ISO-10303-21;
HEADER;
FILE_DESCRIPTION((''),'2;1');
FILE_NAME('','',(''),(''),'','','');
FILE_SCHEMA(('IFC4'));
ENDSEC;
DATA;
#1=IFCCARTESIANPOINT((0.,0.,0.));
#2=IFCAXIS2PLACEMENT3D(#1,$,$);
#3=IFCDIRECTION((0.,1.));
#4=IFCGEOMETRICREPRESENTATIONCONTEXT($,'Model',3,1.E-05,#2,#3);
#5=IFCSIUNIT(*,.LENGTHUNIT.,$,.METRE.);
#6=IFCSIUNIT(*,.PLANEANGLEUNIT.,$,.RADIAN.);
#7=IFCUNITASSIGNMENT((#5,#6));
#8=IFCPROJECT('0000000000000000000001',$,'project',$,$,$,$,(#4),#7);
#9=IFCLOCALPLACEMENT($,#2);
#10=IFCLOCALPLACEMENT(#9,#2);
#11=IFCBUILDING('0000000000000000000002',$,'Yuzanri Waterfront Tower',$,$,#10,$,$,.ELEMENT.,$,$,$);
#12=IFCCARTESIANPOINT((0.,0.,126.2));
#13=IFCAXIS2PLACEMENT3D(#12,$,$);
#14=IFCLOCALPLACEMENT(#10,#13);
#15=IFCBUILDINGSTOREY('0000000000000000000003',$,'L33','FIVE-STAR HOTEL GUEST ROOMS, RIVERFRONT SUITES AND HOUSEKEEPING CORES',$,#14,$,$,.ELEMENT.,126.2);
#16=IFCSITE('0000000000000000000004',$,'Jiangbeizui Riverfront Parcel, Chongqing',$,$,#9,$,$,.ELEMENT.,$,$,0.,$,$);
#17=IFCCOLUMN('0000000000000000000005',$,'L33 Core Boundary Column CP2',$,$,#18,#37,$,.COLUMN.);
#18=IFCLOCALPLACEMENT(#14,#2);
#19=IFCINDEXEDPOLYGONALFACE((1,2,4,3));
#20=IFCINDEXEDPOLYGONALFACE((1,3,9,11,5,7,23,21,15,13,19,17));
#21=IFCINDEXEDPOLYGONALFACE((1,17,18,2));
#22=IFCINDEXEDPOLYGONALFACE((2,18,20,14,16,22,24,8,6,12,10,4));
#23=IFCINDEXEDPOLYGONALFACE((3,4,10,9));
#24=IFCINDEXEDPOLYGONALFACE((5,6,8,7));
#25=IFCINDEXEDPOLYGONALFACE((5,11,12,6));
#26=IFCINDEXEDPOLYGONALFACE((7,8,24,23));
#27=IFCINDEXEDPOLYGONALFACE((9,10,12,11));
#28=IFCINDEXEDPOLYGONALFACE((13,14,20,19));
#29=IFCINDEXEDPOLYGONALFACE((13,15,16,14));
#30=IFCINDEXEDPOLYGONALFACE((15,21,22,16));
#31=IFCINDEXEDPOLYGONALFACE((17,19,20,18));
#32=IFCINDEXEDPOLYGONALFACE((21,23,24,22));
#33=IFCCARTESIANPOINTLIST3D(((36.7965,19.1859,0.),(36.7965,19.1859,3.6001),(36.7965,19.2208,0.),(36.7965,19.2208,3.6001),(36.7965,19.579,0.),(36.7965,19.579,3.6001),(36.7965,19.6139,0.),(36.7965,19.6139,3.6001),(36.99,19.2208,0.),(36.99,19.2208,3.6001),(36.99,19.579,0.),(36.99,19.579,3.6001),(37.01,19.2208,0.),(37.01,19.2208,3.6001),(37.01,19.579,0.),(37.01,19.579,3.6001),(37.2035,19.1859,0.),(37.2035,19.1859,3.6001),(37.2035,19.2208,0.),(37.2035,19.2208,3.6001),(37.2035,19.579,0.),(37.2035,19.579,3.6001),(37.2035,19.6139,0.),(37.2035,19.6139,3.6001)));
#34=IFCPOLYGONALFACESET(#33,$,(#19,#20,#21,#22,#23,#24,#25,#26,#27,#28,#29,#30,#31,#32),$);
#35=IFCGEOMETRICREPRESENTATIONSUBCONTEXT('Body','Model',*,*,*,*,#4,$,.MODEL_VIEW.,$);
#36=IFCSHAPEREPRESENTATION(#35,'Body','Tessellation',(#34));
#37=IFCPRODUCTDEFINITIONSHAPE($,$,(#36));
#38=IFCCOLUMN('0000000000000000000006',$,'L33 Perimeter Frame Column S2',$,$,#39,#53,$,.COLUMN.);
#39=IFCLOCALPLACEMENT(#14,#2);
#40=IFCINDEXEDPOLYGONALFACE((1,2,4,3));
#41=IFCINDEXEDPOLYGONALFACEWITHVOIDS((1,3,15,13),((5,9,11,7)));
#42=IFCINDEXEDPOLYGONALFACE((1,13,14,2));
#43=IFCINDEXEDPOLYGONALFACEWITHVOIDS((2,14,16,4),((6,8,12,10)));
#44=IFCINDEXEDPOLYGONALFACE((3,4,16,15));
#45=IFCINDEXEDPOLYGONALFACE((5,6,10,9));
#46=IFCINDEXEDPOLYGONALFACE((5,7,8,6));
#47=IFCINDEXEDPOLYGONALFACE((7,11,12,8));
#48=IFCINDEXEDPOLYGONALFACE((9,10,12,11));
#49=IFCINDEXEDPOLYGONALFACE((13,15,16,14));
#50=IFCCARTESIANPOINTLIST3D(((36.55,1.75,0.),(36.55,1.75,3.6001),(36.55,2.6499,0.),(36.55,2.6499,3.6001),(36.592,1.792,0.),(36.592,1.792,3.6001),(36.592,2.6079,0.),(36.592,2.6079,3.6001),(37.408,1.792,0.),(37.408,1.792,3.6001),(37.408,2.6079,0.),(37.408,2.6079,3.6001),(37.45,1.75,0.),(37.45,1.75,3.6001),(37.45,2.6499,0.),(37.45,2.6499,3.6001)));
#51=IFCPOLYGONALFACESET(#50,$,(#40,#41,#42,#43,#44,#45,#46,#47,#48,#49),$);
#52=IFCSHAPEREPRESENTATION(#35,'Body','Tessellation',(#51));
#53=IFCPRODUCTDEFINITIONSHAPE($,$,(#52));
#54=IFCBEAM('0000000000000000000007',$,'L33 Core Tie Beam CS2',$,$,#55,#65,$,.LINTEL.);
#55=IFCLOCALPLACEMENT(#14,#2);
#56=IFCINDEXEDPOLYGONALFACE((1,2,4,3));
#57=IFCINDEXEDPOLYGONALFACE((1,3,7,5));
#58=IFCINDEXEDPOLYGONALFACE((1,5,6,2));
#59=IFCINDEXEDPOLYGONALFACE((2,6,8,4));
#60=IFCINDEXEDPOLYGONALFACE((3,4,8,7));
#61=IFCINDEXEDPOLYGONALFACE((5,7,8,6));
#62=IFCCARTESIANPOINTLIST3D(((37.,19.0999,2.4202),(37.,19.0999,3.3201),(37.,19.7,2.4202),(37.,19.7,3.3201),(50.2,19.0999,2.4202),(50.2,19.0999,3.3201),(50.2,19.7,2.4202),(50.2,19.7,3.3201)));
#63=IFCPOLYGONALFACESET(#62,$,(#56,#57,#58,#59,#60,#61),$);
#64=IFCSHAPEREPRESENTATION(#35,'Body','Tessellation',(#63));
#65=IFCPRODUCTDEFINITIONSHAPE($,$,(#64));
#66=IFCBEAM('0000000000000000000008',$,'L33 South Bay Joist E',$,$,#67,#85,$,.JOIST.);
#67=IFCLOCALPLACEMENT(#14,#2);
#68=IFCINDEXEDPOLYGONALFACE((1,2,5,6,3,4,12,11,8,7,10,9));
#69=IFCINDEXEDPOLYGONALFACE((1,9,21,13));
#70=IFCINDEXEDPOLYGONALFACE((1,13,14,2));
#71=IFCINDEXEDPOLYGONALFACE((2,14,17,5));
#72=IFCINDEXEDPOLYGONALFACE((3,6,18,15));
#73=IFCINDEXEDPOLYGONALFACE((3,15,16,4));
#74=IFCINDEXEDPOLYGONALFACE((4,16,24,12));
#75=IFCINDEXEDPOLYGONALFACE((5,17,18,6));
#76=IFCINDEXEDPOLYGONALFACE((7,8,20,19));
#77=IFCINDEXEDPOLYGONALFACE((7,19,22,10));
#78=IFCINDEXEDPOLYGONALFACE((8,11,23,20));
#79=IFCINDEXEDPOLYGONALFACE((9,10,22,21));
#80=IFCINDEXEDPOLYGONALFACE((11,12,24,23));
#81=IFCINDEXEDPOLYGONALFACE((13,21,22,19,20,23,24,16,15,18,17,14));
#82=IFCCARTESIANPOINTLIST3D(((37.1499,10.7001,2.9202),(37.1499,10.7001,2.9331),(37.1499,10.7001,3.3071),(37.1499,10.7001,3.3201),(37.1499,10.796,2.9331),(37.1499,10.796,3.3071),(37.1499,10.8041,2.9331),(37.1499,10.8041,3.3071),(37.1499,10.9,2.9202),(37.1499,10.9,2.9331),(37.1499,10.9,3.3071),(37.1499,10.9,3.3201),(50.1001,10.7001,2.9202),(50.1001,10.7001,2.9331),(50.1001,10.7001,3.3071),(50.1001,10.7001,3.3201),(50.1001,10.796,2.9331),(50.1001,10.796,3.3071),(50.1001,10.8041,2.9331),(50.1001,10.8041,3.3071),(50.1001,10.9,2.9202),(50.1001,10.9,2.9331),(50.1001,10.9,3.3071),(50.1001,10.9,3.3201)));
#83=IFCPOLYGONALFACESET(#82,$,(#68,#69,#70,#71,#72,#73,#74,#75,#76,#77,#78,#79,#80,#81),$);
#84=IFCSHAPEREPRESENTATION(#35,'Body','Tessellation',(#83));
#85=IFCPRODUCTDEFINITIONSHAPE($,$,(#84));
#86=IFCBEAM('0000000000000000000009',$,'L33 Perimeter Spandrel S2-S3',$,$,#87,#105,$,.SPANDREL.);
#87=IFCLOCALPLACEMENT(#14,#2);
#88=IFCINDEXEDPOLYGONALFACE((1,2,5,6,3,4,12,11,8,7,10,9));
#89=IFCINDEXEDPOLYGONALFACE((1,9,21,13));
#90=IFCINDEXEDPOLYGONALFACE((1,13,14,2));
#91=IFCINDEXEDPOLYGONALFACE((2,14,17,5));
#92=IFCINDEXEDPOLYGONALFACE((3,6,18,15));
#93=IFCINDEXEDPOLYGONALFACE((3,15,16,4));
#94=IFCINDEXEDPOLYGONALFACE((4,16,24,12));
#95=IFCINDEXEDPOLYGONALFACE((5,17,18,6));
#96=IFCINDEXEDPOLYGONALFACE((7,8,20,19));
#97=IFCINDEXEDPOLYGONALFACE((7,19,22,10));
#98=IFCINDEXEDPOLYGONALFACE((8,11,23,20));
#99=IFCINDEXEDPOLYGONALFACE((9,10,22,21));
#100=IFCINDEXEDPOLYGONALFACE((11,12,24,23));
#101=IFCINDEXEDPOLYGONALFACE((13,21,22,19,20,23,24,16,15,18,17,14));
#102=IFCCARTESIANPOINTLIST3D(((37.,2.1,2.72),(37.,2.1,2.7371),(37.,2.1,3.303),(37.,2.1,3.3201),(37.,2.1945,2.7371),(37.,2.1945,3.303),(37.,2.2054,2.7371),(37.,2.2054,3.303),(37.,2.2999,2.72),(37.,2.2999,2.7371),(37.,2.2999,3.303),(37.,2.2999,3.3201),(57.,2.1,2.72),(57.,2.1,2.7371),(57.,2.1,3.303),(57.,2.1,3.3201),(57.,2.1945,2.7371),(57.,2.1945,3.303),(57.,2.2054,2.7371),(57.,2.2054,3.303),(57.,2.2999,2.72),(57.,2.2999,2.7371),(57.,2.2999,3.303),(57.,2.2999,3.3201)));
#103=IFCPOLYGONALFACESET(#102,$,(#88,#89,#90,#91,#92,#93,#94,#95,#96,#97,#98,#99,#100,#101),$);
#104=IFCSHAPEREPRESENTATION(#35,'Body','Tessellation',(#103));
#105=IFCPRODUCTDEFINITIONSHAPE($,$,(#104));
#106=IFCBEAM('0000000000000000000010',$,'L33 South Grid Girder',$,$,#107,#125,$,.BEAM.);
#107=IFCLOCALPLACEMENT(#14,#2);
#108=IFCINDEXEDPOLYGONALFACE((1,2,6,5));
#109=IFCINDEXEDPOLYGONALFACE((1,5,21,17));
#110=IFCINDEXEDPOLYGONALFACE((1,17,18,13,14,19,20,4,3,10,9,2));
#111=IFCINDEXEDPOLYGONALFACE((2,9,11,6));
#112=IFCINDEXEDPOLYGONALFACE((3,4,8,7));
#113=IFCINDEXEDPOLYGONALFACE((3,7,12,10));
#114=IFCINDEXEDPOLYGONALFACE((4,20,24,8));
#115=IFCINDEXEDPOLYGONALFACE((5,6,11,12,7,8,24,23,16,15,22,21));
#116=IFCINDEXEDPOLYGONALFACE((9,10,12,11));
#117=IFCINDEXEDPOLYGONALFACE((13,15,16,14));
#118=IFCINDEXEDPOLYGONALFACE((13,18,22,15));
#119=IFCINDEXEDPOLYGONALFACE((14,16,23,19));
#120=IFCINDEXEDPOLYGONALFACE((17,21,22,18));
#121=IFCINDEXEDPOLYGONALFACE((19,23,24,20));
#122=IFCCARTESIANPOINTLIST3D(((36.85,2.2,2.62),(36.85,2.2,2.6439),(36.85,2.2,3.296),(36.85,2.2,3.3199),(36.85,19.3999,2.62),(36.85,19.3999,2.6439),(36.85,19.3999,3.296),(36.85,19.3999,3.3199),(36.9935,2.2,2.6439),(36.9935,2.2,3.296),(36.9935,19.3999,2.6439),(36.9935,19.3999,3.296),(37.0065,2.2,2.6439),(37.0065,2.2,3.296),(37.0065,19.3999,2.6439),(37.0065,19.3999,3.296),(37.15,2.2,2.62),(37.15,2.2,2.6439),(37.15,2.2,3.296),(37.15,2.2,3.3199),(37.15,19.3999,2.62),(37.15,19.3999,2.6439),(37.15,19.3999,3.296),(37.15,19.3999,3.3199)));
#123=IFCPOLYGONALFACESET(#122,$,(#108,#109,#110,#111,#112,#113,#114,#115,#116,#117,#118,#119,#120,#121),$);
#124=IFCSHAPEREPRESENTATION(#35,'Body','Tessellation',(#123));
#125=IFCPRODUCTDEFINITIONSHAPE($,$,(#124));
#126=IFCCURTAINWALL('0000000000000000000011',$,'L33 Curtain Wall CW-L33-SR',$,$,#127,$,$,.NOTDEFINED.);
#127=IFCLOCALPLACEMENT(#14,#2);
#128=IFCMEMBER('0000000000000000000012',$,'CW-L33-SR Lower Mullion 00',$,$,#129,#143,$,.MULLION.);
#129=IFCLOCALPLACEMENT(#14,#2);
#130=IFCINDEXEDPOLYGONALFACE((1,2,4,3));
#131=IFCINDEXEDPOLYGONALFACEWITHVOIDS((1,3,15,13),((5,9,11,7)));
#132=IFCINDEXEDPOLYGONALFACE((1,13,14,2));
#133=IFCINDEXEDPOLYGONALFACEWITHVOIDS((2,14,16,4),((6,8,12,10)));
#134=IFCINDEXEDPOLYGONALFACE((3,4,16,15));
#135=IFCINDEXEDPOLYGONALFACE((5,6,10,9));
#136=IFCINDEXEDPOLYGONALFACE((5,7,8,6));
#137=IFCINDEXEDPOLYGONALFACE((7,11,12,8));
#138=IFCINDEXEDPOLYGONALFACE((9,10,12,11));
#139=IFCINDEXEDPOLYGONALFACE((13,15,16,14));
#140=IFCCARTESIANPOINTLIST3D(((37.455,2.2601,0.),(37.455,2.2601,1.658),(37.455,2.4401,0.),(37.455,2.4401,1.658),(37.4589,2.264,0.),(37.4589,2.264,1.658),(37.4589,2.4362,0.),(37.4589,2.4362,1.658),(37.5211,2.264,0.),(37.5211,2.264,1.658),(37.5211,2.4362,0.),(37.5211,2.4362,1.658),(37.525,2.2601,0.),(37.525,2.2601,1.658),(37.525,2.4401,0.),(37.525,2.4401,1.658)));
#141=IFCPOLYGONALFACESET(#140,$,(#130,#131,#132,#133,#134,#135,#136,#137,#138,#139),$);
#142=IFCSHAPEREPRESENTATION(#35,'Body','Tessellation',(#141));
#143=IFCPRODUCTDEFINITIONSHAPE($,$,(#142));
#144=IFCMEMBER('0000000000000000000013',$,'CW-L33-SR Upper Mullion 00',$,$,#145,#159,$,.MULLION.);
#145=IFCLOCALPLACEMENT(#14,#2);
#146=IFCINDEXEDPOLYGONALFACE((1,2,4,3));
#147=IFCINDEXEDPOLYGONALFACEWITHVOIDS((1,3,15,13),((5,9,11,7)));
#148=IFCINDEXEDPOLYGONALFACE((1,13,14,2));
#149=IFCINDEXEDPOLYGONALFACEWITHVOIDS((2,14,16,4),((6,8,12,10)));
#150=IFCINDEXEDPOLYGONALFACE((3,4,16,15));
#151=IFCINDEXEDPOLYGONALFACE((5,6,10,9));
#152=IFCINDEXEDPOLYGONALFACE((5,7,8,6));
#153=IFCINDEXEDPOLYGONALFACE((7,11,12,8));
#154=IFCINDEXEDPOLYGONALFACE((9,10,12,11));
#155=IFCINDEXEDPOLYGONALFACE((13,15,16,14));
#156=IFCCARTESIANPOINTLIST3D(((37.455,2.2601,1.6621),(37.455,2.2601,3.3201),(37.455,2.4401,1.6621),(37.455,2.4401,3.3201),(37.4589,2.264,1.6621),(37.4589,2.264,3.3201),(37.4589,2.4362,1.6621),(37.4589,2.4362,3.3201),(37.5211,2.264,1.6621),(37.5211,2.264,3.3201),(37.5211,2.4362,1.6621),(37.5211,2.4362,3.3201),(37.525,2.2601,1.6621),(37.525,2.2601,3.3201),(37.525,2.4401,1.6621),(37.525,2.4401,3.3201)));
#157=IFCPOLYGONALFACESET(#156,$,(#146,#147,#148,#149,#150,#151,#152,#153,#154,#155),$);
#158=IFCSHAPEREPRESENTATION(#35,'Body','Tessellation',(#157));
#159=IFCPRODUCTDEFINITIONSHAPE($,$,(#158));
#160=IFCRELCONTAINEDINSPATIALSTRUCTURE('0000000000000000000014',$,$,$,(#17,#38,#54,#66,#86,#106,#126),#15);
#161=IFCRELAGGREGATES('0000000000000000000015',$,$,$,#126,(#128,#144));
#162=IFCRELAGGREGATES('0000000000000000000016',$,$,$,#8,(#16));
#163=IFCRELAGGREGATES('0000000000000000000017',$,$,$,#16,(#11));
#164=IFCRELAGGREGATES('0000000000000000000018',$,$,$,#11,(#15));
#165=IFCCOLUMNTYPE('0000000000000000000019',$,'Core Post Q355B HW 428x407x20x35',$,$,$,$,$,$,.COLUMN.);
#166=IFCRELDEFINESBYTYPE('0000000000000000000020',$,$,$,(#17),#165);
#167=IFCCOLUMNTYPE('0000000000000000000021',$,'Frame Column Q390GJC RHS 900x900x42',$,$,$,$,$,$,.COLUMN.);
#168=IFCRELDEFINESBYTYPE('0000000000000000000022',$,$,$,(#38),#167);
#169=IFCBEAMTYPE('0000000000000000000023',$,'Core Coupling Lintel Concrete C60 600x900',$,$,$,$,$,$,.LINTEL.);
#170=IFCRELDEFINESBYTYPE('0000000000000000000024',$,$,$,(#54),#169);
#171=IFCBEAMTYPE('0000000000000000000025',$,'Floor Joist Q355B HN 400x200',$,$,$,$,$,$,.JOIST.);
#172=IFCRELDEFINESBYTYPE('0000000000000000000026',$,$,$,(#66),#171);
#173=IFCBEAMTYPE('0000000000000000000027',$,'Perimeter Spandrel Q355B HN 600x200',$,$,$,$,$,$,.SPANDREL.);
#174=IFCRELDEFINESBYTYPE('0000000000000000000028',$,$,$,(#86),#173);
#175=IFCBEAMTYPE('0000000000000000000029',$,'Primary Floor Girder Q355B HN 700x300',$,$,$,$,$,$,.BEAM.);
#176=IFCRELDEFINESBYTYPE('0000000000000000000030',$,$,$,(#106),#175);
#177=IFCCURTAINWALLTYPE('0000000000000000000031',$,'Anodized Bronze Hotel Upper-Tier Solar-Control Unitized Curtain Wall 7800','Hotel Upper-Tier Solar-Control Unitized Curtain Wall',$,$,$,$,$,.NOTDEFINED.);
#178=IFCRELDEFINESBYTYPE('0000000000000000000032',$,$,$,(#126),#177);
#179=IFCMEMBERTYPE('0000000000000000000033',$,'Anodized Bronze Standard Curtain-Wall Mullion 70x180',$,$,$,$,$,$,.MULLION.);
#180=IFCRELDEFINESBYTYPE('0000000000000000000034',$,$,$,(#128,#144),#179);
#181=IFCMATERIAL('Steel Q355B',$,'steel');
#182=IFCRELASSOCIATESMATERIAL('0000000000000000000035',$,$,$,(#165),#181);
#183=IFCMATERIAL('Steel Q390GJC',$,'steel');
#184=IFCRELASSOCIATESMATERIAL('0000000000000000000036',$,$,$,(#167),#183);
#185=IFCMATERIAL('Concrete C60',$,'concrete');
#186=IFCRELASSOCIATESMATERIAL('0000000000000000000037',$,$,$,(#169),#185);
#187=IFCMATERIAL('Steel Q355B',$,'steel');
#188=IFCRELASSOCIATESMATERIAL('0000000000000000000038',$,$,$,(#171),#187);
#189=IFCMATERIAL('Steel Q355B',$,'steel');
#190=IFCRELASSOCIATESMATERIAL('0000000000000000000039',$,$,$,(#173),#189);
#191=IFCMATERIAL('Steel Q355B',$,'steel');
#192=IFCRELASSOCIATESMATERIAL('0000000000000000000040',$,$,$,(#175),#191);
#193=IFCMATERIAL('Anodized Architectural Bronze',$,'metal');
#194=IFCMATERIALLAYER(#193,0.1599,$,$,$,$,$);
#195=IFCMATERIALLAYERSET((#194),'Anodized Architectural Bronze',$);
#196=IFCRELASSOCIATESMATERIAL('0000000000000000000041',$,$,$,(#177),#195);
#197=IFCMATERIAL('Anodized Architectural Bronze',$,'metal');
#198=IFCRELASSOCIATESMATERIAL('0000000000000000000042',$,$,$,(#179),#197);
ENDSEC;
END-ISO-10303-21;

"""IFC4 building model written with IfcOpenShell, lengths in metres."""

from ifc_helpers import new_model, si_unit, direction, frame, origin, origin_2d, place, context, subcontext, project, spatial, rectangle, hollow_rectangle, i_section, extrude, source, transform, mapped, material, layer, layer_set, material_profile, profile_set, type_object, element, aggregate, save


model = new_model("IFC4")

# Units and contexts
model_context = context("Model", 3, precision=1e-05, world=origin(), true_north=direction((0.0, 1.0)))
body_context = subcontext(model_context, "Body", "Model", "MODEL_VIEW")
ifc_project = project(units=[si_unit("LENGTHUNIT", "METRE"), si_unit("PLANEANGLEUNIT", "RADIAN")], contexts=[model_context])

# Site, building, storey
site_placement = place(None, origin())
site = spatial("IfcSite", under=ifc_project, at=site_placement, Name="Jiangbeizui Riverfront Parcel, Chongqing", CompositionType="ELEMENT", RefElevation=0.0)
building_placement = place(site_placement, origin())
building = spatial("IfcBuilding", under=site, at=building_placement, Name="Yuzanri Waterfront Tower", CompositionType="ELEMENT")
storey_placement = place(building_placement, frame((0.0, 0.0, 126.2)))
storey = spatial("IfcBuildingStorey", under=building, at=storey_placement, Name="L33", Description="FIVE-STAR HOTEL GUEST ROOMS, RIVERFRONT SUITES AND HOUSEKEEPING CORES", CompositionType="ELEMENT", Elevation=126.2)

# Columns
ifc_material_1 = material(Name="Steel Q355B", Category="steel")
ifc_material_profile_1 = material_profile(ifc_material_1, i_section(OverallWidth=0.407, OverallDepth=0.428, WebThickness=0.02, FlangeThickness=0.0349, at=origin_2d()), Name="HW 428x407x20x35")
ifc_profile_set_1 = profile_set([ifc_material_profile_1], Name="Steel Q355B")
column_type_1 = type_object("IfcColumnType", Name="Core Post Q355B HW 428x407x20x35", PredefinedType="COLUMN", material=ifc_profile_set_1)
shared_shape_1 = source(origin(), body_context, "Body", "SweptSolid", [
    extrude(i_section(OverallWidth=0.407, OverallDepth=0.428, WebThickness=0.02, FlangeThickness=0.0349, at=origin_2d()), origin(), (0.0, 0.0, 1.0), 3.6001),
])
column_1_placement = place(storey_placement, frame((37.0, 19.3999, 0.0), z_axis=(0.0, 0.0, 1.0), x_axis=(1.0, 0.0, 0.0)))
element("IfcColumn", 1, at=column_1_placement, inside=storey, type_object=column_type_1, Name="L33 Core Boundary Column CP2", PredefinedType="COLUMN", context=body_context, shape_type="MappedRepresentation", body=[
    mapped(shared_shape_1, transform((0.0, 0.0, 0.0), scale=1.0)),
])
ifc_material_2 = material(Name="Steel Q390GJC", Category="steel")
ifc_material_profile_2 = material_profile(ifc_material_2, hollow_rectangle(XDim=0.8999, YDim=0.8999, WallThickness=0.042, at=origin_2d()), Name="RHS 900x900x42")
ifc_profile_set_2 = profile_set([ifc_material_profile_2], Name="Steel Q390GJC")
column_type_2 = type_object("IfcColumnType", Name="Frame Column Q390GJC RHS 900x900x42", PredefinedType="COLUMN", material=ifc_profile_set_2)
shared_shape_2 = source(origin(), body_context, "Body", "SweptSolid", [
    extrude(hollow_rectangle(XDim=0.8999, YDim=0.8999, WallThickness=0.042, at=origin_2d()), origin(), (0.0, 0.0, 1.0), 3.6001),
])
column_2_placement = place(storey_placement, frame((37.0, 2.2, 0.0), z_axis=(0.0, 0.0, 1.0), x_axis=(1.0, 0.0, 0.0)))
element("IfcColumn", 2, at=column_2_placement, inside=storey, type_object=column_type_2, Name="L33 Perimeter Frame Column S2", PredefinedType="COLUMN", context=body_context, shape_type="MappedRepresentation", body=[
    mapped(shared_shape_2, transform((0.0, 0.0, 0.0), scale=1.0)),
])

# Beams
ifc_material_3 = material(Name="Concrete C60", Category="concrete")
ifc_material_profile_3 = material_profile(ifc_material_3, rectangle(XDim=0.6001, YDim=0.8999, at=origin_2d()), Name="RC 600x900")
ifc_profile_set_3 = profile_set([ifc_material_profile_3], Name="Concrete C60")
beam_type_1 = type_object("IfcBeamType", Name="Core Coupling Lintel Concrete C60 600x900", PredefinedType="LINTEL", material=ifc_profile_set_3)
shared_shape_3 = source(origin(), body_context, "Body", "SweptSolid", [
    extrude(rectangle(XDim=0.6001, YDim=0.8999, at=origin_2d()), origin(), (0.0, 0.0, 1.0), 13.2),
])
beam_1_placement = place(storey_placement, frame((37.0, 19.3999, 2.8701), z_axis=(1.0, 0.0, 0.0), x_axis=(0.0, 1.0, 0.0)))
element("IfcBeam", 3, at=beam_1_placement, inside=storey, type_object=beam_type_1, Name="L33 Core Tie Beam CS2", PredefinedType="LINTEL", context=body_context, shape_type="MappedRepresentation", body=[
    mapped(shared_shape_3, transform((0.0, 0.0, 0.0), scale=1.0)),
])
ifc_material_4 = material(Name="Steel Q355B", Category="steel")
ifc_material_profile_4 = material_profile(ifc_material_4, i_section(OverallWidth=0.2, OverallDepth=0.3999, WebThickness=0.0081, FlangeThickness=0.0129, at=origin_2d()), Name="HN 400x200x8x13")
ifc_profile_set_4 = profile_set([ifc_material_profile_4], Name="Steel Q355B")
beam_type_2 = type_object("IfcBeamType", Name="Floor Joist Q355B HN 400x200", PredefinedType="JOIST", material=ifc_profile_set_4)
shared_shape_4 = source(origin(), body_context, "Body", "SweptSolid", [
    extrude(i_section(OverallWidth=0.2, OverallDepth=0.3999, WebThickness=0.0081, FlangeThickness=0.0129, at=origin_2d()), origin(), (0.0, 0.0, 1.0), 12.9502),
])
beam_2_placement = place(storey_placement, frame((37.1499, 10.8, 3.1201), z_axis=(1.0, 0.0, 0.0), x_axis=(0.0, 1.0, 0.0)))
element("IfcBeam", 4, at=beam_2_placement, inside=storey, type_object=beam_type_2, Name="L33 South Bay Joist E", PredefinedType="JOIST", context=body_context, shape_type="MappedRepresentation", body=[
    mapped(shared_shape_4, transform((0.0, 0.0, 0.0), scale=1.0)),
])
ifc_material_5 = material(Name="Steel Q355B", Category="steel")
ifc_material_profile_5 = material_profile(ifc_material_5, i_section(OverallWidth=0.2, OverallDepth=0.6001, WebThickness=0.011, FlangeThickness=0.0171, at=origin_2d()), Name="HN 600x200x11x17")
ifc_profile_set_5 = profile_set([ifc_material_profile_5], Name="Steel Q355B")
beam_type_3 = type_object("IfcBeamType", Name="Perimeter Spandrel Q355B HN 600x200", PredefinedType="SPANDREL", material=ifc_profile_set_5)
shared_shape_5 = source(origin(), body_context, "Body", "SweptSolid", [
    extrude(i_section(OverallWidth=0.2, OverallDepth=0.6001, WebThickness=0.011, FlangeThickness=0.0171, at=origin_2d()), origin(), (0.0, 0.0, 1.0), 20.0),
])
beam_3_placement = place(storey_placement, frame((37.0, 2.2, 3.02), z_axis=(1.0, 0.0, 0.0), x_axis=(0.0, 1.0, 0.0)))
element("IfcBeam", 5, at=beam_3_placement, inside=storey, type_object=beam_type_3, Name="L33 Perimeter Spandrel S2-S3", PredefinedType="SPANDREL", context=body_context, shape_type="MappedRepresentation", body=[
    mapped(shared_shape_5, transform((0.0, 0.0, 0.0), scale=1.0)),
])
ifc_material_6 = material(Name="Steel Q355B", Category="steel")
ifc_material_profile_6 = material_profile(ifc_material_6, i_section(OverallWidth=0.3, OverallDepth=0.7, WebThickness=0.0129, FlangeThickness=0.0239, at=origin_2d()), Name="HN 700x300x13x24")
ifc_profile_set_6 = profile_set([ifc_material_profile_6], Name="Steel Q355B")
beam_type_4 = type_object("IfcBeamType", Name="Primary Floor Girder Q355B HN 700x300", PredefinedType="BEAM", material=ifc_profile_set_6)
shared_shape_6 = source(origin(), body_context, "Body", "SweptSolid", [
    extrude(i_section(OverallWidth=0.3, OverallDepth=0.7, WebThickness=0.0129, FlangeThickness=0.0239, at=origin_2d()), origin(), (0.0, 0.0, 1.0), 17.2),
])
beam_4_placement = place(storey_placement, frame((37.0, 19.3999, 2.97), z_axis=(0.0, -1.0, 0.0), x_axis=(1.0, 0.0, 0.0)))
element("IfcBeam", 6, at=beam_4_placement, inside=storey, type_object=beam_type_4, Name="L33 South Grid Girder", PredefinedType="BEAM", context=body_context, shape_type="MappedRepresentation", body=[
    mapped(shared_shape_6, transform((0.0, 0.0, 0.0), scale=1.0)),
])

# Curtain wall, members
ifc_material_7 = material(Name="Anodized Architectural Bronze", Category="metal")
ifc_layer_1 = layer(ifc_material_7, 0.1599)
ifc_layer_set_1 = layer_set([ifc_layer_1], Name="Anodized Architectural Bronze")
curtain_wall_type = type_object("IfcCurtainWallType", Name="Anodized Bronze Hotel Upper-Tier Solar-Control Unitized Curtain Wall 7800", Description="Hotel Upper-Tier Solar-Control Unitized Curtain Wall", PredefinedType="NOTDEFINED", material=ifc_layer_set_1)
curtain_wall_placement = place(storey_placement, origin())
curtain_wall = element("IfcCurtainWall", 7, at=curtain_wall_placement, inside=storey, type_object=curtain_wall_type, Name="L33 Curtain Wall CW-L33-SR", PredefinedType="NOTDEFINED")
ifc_material_8 = material(Name="Anodized Architectural Bronze", Category="metal")
ifc_material_profile_7 = material_profile(ifc_material_8, hollow_rectangle(XDim=0.0701, YDim=0.1799, WallThickness=0.0039, at=origin_2d()), Name="CWM 70x180")
ifc_profile_set_7 = profile_set([ifc_material_profile_7], Name="Anodized Architectural Bronze")
member_type_1 = type_object("IfcMemberType", Name="Anodized Bronze Standard Curtain-Wall Mullion 70x180", PredefinedType="MULLION", material=ifc_profile_set_7)
shared_shape_7 = source(origin(), body_context, "Body", "SweptSolid", [
    extrude(hollow_rectangle(XDim=0.0701, YDim=0.1799, WallThickness=0.0039, at=origin_2d()), origin(), (0.0, 0.0, 1.0), 1.658),
])
member_1_placement = place(storey_placement, frame((37.49, 2.3501, 0.0), z_axis=(0.0, 0.0, 1.0), x_axis=(1.0, 0.0, 0.0)))
member_1 = element("IfcMember", 8, at=member_1_placement, type_object=member_type_1, Name="CW-L33-SR Lower Mullion 00", PredefinedType="MULLION", context=body_context, shape_type="MappedRepresentation", body=[
    mapped(shared_shape_7, transform((0.0, 0.0, 0.0), scale=1.0)),
])
member_2_placement = place(storey_placement, frame((37.49, 2.3501, 1.6621), z_axis=(0.0, 0.0, 1.0), x_axis=(1.0, 0.0, 0.0)))
member_2 = element("IfcMember", 9, at=member_2_placement, type_object=member_type_1, Name="CW-L33-SR Upper Mullion 00", PredefinedType="MULLION", context=body_context, shape_type="MappedRepresentation", body=[
    mapped(shared_shape_7, transform((0.0, 0.0, 0.0), scale=1.0)),
])
aggregate(curtain_wall, [member_1, member_2])

save(model, "model.ifc")
